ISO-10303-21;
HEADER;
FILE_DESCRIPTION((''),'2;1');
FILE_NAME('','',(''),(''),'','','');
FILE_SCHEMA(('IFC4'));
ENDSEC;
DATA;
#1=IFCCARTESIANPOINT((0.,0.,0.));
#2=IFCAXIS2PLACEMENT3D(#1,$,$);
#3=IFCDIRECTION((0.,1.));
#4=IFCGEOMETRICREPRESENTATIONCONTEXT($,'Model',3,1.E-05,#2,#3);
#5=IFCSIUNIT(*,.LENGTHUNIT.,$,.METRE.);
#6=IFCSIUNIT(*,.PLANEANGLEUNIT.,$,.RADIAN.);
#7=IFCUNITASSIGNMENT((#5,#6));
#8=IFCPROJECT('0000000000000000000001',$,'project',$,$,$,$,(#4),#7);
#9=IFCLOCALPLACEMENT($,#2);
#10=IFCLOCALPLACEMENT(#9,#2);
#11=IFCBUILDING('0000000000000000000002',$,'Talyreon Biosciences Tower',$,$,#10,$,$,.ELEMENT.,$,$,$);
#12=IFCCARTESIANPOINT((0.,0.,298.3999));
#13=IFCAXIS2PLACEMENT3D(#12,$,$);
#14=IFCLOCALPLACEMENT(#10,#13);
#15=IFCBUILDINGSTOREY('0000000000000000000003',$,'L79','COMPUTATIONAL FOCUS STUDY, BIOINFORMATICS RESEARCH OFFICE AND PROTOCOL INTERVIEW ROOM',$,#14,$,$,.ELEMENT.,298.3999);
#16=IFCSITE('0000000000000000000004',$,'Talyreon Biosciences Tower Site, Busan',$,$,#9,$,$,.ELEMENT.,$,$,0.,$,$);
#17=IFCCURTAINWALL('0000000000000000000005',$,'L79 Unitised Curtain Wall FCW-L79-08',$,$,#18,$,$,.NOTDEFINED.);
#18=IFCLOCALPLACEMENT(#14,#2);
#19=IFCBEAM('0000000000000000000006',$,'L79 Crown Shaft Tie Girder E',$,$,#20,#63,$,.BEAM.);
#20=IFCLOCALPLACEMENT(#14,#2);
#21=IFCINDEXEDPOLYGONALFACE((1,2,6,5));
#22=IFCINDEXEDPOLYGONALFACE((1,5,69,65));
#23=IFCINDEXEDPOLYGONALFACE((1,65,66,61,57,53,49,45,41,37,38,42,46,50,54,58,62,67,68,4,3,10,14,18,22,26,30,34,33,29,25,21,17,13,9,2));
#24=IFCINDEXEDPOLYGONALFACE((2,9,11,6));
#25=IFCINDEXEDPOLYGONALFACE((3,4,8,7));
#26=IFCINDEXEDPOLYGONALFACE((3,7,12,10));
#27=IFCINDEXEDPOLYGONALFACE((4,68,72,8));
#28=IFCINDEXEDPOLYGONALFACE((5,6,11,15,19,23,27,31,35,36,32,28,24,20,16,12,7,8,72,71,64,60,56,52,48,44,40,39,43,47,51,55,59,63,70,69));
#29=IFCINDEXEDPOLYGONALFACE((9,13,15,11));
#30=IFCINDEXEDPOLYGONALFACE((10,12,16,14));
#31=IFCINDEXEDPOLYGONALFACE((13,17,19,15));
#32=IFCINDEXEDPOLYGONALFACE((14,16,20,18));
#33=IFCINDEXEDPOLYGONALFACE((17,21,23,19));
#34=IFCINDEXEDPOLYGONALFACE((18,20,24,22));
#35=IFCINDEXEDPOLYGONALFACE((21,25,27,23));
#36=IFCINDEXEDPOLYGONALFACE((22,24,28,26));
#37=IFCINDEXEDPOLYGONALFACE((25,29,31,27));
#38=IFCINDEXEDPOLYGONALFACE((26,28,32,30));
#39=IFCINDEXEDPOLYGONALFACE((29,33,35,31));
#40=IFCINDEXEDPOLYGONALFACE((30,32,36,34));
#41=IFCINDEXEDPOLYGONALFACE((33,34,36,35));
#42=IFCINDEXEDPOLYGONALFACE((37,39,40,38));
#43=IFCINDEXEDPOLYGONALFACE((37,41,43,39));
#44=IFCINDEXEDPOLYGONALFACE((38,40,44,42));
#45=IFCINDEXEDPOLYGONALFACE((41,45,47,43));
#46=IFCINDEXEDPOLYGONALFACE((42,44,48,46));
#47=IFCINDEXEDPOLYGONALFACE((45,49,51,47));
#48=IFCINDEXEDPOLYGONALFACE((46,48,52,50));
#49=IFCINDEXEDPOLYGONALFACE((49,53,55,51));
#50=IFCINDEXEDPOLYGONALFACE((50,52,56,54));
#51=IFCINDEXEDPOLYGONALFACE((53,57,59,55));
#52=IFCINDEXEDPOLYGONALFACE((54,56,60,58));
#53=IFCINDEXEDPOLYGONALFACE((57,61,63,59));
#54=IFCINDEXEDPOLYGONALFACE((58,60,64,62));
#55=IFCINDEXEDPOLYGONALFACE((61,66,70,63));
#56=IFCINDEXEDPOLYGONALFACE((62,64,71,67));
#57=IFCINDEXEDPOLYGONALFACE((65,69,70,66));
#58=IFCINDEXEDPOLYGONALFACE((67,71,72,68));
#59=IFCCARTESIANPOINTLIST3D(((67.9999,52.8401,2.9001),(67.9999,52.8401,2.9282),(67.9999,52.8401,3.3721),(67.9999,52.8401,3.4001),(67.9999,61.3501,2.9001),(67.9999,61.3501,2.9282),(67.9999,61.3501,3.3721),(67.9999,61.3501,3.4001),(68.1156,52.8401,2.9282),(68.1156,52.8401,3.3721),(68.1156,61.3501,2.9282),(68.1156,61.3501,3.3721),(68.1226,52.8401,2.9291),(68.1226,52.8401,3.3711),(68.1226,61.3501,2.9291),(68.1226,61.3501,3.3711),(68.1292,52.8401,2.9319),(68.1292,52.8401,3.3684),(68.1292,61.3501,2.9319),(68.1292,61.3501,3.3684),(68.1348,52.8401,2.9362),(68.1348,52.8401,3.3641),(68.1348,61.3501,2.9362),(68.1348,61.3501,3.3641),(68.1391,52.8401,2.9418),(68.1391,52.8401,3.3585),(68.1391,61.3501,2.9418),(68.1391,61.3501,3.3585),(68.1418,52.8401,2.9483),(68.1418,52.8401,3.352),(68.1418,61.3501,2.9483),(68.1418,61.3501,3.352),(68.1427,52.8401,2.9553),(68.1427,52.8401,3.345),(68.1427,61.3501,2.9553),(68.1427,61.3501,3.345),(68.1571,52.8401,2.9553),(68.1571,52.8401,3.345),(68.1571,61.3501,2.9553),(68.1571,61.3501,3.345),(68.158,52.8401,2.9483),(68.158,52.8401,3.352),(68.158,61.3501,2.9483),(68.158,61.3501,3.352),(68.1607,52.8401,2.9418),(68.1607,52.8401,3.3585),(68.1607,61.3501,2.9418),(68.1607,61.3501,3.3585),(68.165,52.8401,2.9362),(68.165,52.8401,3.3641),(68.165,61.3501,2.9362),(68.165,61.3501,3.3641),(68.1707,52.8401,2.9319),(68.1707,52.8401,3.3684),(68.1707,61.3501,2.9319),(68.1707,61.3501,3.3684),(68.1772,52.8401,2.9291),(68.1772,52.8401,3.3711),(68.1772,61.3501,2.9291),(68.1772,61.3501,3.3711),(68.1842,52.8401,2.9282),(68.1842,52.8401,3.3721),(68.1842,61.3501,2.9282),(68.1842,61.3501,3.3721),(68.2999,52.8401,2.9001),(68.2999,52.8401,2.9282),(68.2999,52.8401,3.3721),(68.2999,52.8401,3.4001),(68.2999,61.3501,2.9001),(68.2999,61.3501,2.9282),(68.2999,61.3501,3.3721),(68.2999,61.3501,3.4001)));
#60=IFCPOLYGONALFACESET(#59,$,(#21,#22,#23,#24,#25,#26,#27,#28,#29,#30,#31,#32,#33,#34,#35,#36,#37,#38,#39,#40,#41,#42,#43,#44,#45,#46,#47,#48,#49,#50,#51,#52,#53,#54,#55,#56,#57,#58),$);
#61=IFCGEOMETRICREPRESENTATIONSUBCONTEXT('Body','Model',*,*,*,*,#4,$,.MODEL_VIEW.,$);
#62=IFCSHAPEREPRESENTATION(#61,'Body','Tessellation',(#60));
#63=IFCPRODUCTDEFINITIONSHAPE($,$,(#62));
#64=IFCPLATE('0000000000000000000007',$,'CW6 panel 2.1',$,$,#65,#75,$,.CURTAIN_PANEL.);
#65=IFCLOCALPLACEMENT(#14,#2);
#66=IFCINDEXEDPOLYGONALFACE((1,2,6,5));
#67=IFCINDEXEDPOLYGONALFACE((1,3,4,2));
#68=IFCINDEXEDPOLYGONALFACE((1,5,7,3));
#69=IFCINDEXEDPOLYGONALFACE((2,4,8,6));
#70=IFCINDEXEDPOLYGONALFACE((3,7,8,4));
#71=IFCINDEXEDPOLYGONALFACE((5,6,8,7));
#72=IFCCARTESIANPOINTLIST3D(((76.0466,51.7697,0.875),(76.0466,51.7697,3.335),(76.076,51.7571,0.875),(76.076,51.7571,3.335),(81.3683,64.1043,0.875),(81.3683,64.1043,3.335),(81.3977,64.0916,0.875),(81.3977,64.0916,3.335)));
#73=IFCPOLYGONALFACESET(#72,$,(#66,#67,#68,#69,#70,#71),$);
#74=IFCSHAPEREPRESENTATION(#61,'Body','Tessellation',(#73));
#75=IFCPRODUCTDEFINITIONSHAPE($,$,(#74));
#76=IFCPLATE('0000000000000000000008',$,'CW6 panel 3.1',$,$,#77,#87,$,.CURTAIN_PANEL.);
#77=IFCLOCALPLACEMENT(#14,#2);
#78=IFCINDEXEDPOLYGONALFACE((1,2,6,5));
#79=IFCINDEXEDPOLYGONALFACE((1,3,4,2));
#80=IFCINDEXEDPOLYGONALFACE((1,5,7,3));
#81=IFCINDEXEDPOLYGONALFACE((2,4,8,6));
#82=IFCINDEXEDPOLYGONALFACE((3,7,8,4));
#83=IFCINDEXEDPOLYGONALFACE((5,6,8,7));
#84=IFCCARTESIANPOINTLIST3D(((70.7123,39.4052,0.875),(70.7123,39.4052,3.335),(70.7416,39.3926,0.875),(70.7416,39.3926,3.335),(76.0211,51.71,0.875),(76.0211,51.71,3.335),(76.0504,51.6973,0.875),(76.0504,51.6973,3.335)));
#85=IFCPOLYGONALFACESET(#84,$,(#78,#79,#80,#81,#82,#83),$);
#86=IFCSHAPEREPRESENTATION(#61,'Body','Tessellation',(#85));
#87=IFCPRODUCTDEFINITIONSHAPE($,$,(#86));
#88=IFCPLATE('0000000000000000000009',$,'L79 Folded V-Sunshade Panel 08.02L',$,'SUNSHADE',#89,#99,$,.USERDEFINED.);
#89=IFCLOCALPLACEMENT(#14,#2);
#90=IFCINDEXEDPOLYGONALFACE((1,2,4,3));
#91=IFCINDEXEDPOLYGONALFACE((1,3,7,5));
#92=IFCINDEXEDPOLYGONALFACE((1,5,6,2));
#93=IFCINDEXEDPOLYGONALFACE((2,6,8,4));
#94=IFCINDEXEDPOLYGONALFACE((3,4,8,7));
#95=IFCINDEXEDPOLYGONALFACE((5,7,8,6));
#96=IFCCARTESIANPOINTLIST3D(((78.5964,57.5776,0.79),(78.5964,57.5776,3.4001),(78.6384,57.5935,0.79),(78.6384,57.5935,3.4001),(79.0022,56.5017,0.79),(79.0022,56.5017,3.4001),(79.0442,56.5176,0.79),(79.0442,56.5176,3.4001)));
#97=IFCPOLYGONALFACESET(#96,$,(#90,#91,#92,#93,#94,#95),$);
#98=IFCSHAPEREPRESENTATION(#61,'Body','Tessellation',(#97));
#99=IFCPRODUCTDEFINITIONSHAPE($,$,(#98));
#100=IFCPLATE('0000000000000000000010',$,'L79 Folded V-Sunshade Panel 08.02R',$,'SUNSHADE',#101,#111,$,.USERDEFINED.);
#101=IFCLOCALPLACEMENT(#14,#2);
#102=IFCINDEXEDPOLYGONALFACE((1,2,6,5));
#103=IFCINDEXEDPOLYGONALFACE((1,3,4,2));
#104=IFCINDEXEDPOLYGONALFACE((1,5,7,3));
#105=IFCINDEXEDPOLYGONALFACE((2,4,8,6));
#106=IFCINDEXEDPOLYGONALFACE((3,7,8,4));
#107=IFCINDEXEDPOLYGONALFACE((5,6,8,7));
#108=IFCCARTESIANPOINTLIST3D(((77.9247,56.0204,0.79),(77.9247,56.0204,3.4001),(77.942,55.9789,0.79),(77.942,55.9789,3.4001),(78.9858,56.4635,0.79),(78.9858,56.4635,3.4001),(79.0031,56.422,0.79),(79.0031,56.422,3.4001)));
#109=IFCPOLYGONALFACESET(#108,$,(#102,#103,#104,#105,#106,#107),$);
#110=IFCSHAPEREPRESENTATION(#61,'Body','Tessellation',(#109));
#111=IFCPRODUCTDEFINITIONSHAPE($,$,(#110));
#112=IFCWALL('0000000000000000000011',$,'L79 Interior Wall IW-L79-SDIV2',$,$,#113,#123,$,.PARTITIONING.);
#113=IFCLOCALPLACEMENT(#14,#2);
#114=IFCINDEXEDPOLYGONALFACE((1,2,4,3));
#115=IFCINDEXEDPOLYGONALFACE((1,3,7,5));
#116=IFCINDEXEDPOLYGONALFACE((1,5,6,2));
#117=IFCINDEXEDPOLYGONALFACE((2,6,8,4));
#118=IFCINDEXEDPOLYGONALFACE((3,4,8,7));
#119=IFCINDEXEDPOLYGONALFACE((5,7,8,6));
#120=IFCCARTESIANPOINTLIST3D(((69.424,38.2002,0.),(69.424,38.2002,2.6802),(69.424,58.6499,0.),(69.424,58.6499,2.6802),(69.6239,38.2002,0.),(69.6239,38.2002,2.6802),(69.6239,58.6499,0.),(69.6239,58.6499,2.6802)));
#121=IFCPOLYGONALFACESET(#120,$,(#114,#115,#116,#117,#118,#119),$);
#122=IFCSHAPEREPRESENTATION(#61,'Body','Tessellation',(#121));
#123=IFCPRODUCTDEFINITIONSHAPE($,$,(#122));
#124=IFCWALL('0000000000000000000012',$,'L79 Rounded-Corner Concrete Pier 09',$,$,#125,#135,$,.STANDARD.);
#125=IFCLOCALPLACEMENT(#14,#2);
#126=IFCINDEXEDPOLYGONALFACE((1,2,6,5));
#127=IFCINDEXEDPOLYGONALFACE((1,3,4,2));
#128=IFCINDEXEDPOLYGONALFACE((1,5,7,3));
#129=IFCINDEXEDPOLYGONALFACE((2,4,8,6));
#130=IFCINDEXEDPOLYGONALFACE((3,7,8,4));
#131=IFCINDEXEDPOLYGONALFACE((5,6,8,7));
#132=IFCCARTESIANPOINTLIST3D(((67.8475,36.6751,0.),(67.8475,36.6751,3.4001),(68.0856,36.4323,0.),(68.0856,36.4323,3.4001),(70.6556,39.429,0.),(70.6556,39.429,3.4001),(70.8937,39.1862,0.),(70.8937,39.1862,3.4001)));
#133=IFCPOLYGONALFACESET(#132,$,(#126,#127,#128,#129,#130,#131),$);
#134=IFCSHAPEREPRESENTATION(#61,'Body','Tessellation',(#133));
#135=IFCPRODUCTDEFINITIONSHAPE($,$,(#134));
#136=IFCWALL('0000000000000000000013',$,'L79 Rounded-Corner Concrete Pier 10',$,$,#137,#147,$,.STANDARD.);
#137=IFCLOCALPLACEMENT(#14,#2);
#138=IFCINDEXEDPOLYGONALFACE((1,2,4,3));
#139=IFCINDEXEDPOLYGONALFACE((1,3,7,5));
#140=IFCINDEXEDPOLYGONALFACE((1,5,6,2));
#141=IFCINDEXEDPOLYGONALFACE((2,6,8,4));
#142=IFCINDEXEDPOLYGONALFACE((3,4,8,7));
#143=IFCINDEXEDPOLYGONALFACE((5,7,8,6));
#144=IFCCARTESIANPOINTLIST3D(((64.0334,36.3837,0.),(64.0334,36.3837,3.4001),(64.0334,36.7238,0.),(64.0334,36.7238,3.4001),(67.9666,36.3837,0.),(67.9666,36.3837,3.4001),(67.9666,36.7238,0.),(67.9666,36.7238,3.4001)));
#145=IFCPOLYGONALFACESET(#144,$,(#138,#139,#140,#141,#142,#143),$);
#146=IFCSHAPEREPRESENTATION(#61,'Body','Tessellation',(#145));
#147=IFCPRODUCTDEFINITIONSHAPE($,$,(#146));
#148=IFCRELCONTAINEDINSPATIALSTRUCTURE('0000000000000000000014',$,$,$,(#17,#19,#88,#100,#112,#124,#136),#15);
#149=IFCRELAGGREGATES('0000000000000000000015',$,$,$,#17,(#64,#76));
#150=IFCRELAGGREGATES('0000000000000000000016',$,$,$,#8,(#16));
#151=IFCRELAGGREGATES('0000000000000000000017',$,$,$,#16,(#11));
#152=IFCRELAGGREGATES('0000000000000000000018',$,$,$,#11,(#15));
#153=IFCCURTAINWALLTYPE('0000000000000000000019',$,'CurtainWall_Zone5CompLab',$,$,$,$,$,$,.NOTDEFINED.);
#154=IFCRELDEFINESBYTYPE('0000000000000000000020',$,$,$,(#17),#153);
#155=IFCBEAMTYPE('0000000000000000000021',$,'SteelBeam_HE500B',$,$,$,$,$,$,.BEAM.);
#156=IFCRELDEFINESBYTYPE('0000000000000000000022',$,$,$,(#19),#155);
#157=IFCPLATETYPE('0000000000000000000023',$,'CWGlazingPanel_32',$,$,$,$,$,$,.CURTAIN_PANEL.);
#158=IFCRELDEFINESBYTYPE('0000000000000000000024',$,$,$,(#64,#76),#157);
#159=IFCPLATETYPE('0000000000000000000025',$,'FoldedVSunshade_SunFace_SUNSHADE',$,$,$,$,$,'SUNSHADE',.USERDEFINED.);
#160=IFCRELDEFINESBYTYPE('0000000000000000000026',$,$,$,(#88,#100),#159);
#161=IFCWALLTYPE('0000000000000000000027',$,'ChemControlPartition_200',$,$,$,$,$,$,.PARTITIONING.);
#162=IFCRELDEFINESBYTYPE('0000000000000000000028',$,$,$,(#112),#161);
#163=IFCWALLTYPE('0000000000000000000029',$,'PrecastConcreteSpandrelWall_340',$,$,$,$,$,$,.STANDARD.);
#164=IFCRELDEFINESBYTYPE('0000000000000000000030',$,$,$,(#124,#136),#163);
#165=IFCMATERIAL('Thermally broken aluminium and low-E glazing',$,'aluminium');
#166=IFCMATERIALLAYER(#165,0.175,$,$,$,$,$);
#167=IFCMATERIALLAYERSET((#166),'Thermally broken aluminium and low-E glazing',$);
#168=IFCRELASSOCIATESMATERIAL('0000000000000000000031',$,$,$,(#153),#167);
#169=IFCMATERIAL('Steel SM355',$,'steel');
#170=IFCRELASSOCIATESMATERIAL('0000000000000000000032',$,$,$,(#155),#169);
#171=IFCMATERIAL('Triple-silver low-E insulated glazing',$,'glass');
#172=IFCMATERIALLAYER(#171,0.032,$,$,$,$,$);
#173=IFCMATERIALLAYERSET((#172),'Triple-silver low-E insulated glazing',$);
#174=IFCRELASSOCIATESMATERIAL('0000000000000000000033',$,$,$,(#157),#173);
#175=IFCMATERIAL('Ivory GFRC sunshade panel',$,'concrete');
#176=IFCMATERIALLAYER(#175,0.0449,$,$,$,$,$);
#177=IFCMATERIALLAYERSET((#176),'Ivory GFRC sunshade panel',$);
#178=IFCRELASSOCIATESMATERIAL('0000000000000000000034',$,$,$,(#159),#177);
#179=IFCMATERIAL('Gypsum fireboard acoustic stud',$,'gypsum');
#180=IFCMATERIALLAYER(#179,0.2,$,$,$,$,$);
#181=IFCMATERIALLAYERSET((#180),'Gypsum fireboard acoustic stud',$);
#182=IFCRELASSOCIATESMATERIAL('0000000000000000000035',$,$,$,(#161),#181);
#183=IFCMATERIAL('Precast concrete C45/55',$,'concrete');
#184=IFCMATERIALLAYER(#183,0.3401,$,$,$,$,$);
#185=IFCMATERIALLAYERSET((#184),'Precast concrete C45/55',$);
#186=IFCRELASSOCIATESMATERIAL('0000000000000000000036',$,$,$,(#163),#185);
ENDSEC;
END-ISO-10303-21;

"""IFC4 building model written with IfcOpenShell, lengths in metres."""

from ifc_helpers import new_model, si_unit, direction, frame, frame_2d, origin, origin_2d, place, context, subcontext, project, spatial, rectangle, i_section, extrude, material, layer, layer_set, material_profile, profile_set, type_object, element, aggregate, save


model = new_model("IFC4")

# Units and contexts
model_context = context("Model", 3, precision=1e-05, world=origin(), true_north=direction((0.0, 1.0)))
body_context = subcontext(model_context, "Body", "Model", "MODEL_VIEW")
ifc_project = project(units=[si_unit("LENGTHUNIT", "METRE"), si_unit("PLANEANGLEUNIT", "RADIAN")], contexts=[model_context])

# Site, building, storey
site_placement = place(None, origin())
site = spatial("IfcSite", under=ifc_project, at=site_placement, Name="Talyreon Biosciences Tower Site, Busan", CompositionType="ELEMENT", RefElevation=0.0)
building_placement = place(site_placement, origin())
building = spatial("IfcBuilding", under=site, at=building_placement, Name="Talyreon Biosciences Tower", CompositionType="ELEMENT")
storey_placement = place(building_placement, frame((0.0, 0.0, 298.3999)))
storey = spatial("IfcBuildingStorey", under=building, at=storey_placement, Name="L79", Description="COMPUTATIONAL FOCUS STUDY, BIOINFORMATICS RESEARCH OFFICE AND PROTOCOL INTERVIEW ROOM", CompositionType="ELEMENT", Elevation=298.3999)

# Shared definitions
ifc_material_1 = material(Name="Precast concrete C45/55", Category="concrete")

# Curtain wall
ifc_material_2 = material(Name="Thermally broken aluminium and low-E glazing", Category="aluminium")
ifc_layer_1 = layer(ifc_material_2, 0.175)
ifc_layer_set_1 = layer_set([ifc_layer_1], Name="Thermally broken aluminium and low-E glazing")
curtain_wall_type = type_object("IfcCurtainWallType", Name="CurtainWall_Zone5CompLab", PredefinedType="NOTDEFINED", material=ifc_layer_set_1)
curtain_wall_placement = place(storey_placement, origin())
curtain_wall = element("IfcCurtainWall", 1, at=curtain_wall_placement, inside=storey, type_object=curtain_wall_type, Name="L79 Unitised Curtain Wall FCW-L79-08", PredefinedType="NOTDEFINED")

# Beam
ifc_material_3 = material(Name="Steel SM355", Category="steel")
ifc_material_profile_1 = material_profile(ifc_material_3, i_section(OverallWidth=0.3, OverallDepth=0.5, WebThickness=0.0144, FlangeThickness=0.0281, FilletRadius=0.0271, at=origin_2d()), Name="HE500B")
ifc_profile_set_1 = profile_set([ifc_material_profile_1], Name="Steel SM355")
beam_type_1 = type_object("IfcBeamType", Name="SteelBeam_HE500B", PredefinedType="BEAM", material=ifc_profile_set_1)
beam_1_placement = place(storey_placement, frame((68.1499, 52.8401, 3.1501), z_axis=(0.0, 1.0, 0.0), x_axis=(-1.0, 0.0, 0.0)))
element("IfcBeam", 2, at=beam_1_placement, inside=storey, type_object=beam_type_1, Name="L79 Crown Shaft Tie Girder E", PredefinedType="BEAM", context=body_context, shape_type="SweptSolid", body=[
    extrude(i_section(OverallWidth=0.3, OverallDepth=0.5, WebThickness=0.0144, FlangeThickness=0.0281, FilletRadius=0.0271, at=origin_2d()), origin(), (0.0, 0.0, 1.0), 8.51),
])

# Plates
ifc_material_4 = material(Name="Triple-silver low-E insulated glazing", Category="glass")
ifc_layer_2 = layer(ifc_material_4, 0.032)
ifc_layer_set_2 = layer_set([ifc_layer_2], Name="Triple-silver low-E insulated glazing")
plate_type_1 = type_object("IfcPlateType", Name="CWGlazingPanel_32", PredefinedType="CURTAIN_PANEL", material=ifc_layer_set_2)
plate_1_placement = place(storey_placement, frame((78.7222, 57.9307, 0.875), z_axis=(0.0, 0.0, 1.0), x_axis=(-0.396147, -0.918187, 0.0)))
plate_1 = element("IfcPlate", 3, at=plate_1_placement, type_object=plate_type_1, Name="CW6 panel 2.1", PredefinedType="CURTAIN_PANEL", context=body_context, shape_type="SweptSolid", body=[
    extrude(rectangle(XDim=13.4336, YDim=0.032, at=origin_2d()), origin(), (0.0, 0.0, 1.0), 2.46),
])
plate_2_placement = place(storey_placement, frame((73.3813, 45.5513, 0.875), z_axis=(0.0, 0.0, 1.0), x_axis=(-0.396147, -0.918187, 0.0)))
plate_2 = element("IfcPlate", 4, at=plate_2_placement, type_object=plate_type_1, Name="CW6 panel 3.1", PredefinedType="CURTAIN_PANEL", context=body_context, shape_type="SweptSolid", body=[
    extrude(rectangle(XDim=13.4011, YDim=0.032, at=origin_2d()), origin(), (0.0, 0.0, 1.0), 2.46),
])
aggregate(curtain_wall, [plate_1, plate_2])

# Plates
ifc_material_5 = material(Name="Ivory GFRC sunshade panel", Category="concrete")
ifc_layer_3 = layer(ifc_material_5, 0.0449)
ifc_layer_set_3 = layer_set([ifc_layer_3], Name="Ivory GFRC sunshade panel")
plate_type_2 = type_object("IfcPlateType", Name="FoldedVSunshade_SunFace_SUNSHADE", ElementType="SUNSHADE", PredefinedType="USERDEFINED", material=ifc_layer_set_3)
for number, where, z_axis, x_axis, name in (
    (5, (78.8203, 57.0476, 0.79), (0.0, 0.0, 1.0), (0.352871, -0.935672, 0.0), "L79 Folded V-Sunshade Panel 08.02L"),
    (6, (78.4639, 56.2212, 0.79), (0.0, 0.0, 1.0), (-0.922787, -0.38531, 0.0), "L79 Folded V-Sunshade Panel 08.02R"),
):
    element("IfcPlate", number, at=place(storey_placement, frame(where, z_axis=z_axis, x_axis=x_axis)), inside=storey, type_object=plate_type_2, Name=name, ObjectType="SUNSHADE", PredefinedType="USERDEFINED", context=body_context, shape_type="SweptSolid", body=[
        extrude(rectangle(XDim=1.1499, YDim=0.0449, at=origin_2d()), origin(), (0.0, 0.0, 1.0), 2.6101),
    ])

# Wall
ifc_material_6 = material(Name="Gypsum fireboard acoustic stud", Category="gypsum")
ifc_layer_4 = layer(ifc_material_6, 0.2)
ifc_layer_set_4 = layer_set([ifc_layer_4], Name="Gypsum fireboard acoustic stud")
wall_type_1 = type_object("IfcWallType", Name="ChemControlPartition_200", PredefinedType="PARTITIONING", material=ifc_layer_set_4)
wall_1_placement = place(storey_placement, frame((69.5239, 38.2002, 0.0), z_axis=(0.0, 0.0, 1.0), x_axis=(0.0, 1.0, 0.0)))
element("IfcWall", 7, at=wall_1_placement, inside=storey, type_object=wall_type_1, Name="L79 Interior Wall IW-L79-SDIV2", PredefinedType="PARTITIONING", context=body_context, shape_type="SweptSolid", body=[
    extrude(rectangle(XDim=20.4497, YDim=0.2, at=frame_2d((10.2249, 0.0))), origin(), (0.0, 0.0, 1.0), 2.6802),
])

# Walls
ifc_layer_5 = layer(ifc_material_1, 0.3401)
ifc_layer_set_5 = layer_set([ifc_layer_5], Name="Precast concrete C45/55")
wall_type_2 = type_object("IfcWallType", Name="PrecastConcreteSpandrelWall_340", PredefinedType="STANDARD", material=ifc_layer_set_5)
for number, where, z_axis, x_axis, name in (
    (8, (70.7747, 39.3076, 0.0), (0.0, 0.0, 1.0), (-0.713963, -0.700183, 0.0), "L79 Rounded-Corner Concrete Pier 09"),
    (9, (67.9666, 36.5537, 0.0), (0.0, 0.0, 1.0), (-1.0, 0.0, 0.0), "L79 Rounded-Corner Concrete Pier 10"),
):
    element("IfcWall", number, at=place(storey_placement, frame(where, z_axis=z_axis, x_axis=x_axis)), inside=storey, type_object=wall_type_2, Name=name, PredefinedType="STANDARD", context=body_context, shape_type="SweptSolid", body=[
        extrude(rectangle(XDim=3.9331, YDim=0.3401, at=frame_2d((1.9666, 0.0))), origin(), (0.0, 0.0, 1.0), 3.4001),
    ])

save(model, "model.ifc")
